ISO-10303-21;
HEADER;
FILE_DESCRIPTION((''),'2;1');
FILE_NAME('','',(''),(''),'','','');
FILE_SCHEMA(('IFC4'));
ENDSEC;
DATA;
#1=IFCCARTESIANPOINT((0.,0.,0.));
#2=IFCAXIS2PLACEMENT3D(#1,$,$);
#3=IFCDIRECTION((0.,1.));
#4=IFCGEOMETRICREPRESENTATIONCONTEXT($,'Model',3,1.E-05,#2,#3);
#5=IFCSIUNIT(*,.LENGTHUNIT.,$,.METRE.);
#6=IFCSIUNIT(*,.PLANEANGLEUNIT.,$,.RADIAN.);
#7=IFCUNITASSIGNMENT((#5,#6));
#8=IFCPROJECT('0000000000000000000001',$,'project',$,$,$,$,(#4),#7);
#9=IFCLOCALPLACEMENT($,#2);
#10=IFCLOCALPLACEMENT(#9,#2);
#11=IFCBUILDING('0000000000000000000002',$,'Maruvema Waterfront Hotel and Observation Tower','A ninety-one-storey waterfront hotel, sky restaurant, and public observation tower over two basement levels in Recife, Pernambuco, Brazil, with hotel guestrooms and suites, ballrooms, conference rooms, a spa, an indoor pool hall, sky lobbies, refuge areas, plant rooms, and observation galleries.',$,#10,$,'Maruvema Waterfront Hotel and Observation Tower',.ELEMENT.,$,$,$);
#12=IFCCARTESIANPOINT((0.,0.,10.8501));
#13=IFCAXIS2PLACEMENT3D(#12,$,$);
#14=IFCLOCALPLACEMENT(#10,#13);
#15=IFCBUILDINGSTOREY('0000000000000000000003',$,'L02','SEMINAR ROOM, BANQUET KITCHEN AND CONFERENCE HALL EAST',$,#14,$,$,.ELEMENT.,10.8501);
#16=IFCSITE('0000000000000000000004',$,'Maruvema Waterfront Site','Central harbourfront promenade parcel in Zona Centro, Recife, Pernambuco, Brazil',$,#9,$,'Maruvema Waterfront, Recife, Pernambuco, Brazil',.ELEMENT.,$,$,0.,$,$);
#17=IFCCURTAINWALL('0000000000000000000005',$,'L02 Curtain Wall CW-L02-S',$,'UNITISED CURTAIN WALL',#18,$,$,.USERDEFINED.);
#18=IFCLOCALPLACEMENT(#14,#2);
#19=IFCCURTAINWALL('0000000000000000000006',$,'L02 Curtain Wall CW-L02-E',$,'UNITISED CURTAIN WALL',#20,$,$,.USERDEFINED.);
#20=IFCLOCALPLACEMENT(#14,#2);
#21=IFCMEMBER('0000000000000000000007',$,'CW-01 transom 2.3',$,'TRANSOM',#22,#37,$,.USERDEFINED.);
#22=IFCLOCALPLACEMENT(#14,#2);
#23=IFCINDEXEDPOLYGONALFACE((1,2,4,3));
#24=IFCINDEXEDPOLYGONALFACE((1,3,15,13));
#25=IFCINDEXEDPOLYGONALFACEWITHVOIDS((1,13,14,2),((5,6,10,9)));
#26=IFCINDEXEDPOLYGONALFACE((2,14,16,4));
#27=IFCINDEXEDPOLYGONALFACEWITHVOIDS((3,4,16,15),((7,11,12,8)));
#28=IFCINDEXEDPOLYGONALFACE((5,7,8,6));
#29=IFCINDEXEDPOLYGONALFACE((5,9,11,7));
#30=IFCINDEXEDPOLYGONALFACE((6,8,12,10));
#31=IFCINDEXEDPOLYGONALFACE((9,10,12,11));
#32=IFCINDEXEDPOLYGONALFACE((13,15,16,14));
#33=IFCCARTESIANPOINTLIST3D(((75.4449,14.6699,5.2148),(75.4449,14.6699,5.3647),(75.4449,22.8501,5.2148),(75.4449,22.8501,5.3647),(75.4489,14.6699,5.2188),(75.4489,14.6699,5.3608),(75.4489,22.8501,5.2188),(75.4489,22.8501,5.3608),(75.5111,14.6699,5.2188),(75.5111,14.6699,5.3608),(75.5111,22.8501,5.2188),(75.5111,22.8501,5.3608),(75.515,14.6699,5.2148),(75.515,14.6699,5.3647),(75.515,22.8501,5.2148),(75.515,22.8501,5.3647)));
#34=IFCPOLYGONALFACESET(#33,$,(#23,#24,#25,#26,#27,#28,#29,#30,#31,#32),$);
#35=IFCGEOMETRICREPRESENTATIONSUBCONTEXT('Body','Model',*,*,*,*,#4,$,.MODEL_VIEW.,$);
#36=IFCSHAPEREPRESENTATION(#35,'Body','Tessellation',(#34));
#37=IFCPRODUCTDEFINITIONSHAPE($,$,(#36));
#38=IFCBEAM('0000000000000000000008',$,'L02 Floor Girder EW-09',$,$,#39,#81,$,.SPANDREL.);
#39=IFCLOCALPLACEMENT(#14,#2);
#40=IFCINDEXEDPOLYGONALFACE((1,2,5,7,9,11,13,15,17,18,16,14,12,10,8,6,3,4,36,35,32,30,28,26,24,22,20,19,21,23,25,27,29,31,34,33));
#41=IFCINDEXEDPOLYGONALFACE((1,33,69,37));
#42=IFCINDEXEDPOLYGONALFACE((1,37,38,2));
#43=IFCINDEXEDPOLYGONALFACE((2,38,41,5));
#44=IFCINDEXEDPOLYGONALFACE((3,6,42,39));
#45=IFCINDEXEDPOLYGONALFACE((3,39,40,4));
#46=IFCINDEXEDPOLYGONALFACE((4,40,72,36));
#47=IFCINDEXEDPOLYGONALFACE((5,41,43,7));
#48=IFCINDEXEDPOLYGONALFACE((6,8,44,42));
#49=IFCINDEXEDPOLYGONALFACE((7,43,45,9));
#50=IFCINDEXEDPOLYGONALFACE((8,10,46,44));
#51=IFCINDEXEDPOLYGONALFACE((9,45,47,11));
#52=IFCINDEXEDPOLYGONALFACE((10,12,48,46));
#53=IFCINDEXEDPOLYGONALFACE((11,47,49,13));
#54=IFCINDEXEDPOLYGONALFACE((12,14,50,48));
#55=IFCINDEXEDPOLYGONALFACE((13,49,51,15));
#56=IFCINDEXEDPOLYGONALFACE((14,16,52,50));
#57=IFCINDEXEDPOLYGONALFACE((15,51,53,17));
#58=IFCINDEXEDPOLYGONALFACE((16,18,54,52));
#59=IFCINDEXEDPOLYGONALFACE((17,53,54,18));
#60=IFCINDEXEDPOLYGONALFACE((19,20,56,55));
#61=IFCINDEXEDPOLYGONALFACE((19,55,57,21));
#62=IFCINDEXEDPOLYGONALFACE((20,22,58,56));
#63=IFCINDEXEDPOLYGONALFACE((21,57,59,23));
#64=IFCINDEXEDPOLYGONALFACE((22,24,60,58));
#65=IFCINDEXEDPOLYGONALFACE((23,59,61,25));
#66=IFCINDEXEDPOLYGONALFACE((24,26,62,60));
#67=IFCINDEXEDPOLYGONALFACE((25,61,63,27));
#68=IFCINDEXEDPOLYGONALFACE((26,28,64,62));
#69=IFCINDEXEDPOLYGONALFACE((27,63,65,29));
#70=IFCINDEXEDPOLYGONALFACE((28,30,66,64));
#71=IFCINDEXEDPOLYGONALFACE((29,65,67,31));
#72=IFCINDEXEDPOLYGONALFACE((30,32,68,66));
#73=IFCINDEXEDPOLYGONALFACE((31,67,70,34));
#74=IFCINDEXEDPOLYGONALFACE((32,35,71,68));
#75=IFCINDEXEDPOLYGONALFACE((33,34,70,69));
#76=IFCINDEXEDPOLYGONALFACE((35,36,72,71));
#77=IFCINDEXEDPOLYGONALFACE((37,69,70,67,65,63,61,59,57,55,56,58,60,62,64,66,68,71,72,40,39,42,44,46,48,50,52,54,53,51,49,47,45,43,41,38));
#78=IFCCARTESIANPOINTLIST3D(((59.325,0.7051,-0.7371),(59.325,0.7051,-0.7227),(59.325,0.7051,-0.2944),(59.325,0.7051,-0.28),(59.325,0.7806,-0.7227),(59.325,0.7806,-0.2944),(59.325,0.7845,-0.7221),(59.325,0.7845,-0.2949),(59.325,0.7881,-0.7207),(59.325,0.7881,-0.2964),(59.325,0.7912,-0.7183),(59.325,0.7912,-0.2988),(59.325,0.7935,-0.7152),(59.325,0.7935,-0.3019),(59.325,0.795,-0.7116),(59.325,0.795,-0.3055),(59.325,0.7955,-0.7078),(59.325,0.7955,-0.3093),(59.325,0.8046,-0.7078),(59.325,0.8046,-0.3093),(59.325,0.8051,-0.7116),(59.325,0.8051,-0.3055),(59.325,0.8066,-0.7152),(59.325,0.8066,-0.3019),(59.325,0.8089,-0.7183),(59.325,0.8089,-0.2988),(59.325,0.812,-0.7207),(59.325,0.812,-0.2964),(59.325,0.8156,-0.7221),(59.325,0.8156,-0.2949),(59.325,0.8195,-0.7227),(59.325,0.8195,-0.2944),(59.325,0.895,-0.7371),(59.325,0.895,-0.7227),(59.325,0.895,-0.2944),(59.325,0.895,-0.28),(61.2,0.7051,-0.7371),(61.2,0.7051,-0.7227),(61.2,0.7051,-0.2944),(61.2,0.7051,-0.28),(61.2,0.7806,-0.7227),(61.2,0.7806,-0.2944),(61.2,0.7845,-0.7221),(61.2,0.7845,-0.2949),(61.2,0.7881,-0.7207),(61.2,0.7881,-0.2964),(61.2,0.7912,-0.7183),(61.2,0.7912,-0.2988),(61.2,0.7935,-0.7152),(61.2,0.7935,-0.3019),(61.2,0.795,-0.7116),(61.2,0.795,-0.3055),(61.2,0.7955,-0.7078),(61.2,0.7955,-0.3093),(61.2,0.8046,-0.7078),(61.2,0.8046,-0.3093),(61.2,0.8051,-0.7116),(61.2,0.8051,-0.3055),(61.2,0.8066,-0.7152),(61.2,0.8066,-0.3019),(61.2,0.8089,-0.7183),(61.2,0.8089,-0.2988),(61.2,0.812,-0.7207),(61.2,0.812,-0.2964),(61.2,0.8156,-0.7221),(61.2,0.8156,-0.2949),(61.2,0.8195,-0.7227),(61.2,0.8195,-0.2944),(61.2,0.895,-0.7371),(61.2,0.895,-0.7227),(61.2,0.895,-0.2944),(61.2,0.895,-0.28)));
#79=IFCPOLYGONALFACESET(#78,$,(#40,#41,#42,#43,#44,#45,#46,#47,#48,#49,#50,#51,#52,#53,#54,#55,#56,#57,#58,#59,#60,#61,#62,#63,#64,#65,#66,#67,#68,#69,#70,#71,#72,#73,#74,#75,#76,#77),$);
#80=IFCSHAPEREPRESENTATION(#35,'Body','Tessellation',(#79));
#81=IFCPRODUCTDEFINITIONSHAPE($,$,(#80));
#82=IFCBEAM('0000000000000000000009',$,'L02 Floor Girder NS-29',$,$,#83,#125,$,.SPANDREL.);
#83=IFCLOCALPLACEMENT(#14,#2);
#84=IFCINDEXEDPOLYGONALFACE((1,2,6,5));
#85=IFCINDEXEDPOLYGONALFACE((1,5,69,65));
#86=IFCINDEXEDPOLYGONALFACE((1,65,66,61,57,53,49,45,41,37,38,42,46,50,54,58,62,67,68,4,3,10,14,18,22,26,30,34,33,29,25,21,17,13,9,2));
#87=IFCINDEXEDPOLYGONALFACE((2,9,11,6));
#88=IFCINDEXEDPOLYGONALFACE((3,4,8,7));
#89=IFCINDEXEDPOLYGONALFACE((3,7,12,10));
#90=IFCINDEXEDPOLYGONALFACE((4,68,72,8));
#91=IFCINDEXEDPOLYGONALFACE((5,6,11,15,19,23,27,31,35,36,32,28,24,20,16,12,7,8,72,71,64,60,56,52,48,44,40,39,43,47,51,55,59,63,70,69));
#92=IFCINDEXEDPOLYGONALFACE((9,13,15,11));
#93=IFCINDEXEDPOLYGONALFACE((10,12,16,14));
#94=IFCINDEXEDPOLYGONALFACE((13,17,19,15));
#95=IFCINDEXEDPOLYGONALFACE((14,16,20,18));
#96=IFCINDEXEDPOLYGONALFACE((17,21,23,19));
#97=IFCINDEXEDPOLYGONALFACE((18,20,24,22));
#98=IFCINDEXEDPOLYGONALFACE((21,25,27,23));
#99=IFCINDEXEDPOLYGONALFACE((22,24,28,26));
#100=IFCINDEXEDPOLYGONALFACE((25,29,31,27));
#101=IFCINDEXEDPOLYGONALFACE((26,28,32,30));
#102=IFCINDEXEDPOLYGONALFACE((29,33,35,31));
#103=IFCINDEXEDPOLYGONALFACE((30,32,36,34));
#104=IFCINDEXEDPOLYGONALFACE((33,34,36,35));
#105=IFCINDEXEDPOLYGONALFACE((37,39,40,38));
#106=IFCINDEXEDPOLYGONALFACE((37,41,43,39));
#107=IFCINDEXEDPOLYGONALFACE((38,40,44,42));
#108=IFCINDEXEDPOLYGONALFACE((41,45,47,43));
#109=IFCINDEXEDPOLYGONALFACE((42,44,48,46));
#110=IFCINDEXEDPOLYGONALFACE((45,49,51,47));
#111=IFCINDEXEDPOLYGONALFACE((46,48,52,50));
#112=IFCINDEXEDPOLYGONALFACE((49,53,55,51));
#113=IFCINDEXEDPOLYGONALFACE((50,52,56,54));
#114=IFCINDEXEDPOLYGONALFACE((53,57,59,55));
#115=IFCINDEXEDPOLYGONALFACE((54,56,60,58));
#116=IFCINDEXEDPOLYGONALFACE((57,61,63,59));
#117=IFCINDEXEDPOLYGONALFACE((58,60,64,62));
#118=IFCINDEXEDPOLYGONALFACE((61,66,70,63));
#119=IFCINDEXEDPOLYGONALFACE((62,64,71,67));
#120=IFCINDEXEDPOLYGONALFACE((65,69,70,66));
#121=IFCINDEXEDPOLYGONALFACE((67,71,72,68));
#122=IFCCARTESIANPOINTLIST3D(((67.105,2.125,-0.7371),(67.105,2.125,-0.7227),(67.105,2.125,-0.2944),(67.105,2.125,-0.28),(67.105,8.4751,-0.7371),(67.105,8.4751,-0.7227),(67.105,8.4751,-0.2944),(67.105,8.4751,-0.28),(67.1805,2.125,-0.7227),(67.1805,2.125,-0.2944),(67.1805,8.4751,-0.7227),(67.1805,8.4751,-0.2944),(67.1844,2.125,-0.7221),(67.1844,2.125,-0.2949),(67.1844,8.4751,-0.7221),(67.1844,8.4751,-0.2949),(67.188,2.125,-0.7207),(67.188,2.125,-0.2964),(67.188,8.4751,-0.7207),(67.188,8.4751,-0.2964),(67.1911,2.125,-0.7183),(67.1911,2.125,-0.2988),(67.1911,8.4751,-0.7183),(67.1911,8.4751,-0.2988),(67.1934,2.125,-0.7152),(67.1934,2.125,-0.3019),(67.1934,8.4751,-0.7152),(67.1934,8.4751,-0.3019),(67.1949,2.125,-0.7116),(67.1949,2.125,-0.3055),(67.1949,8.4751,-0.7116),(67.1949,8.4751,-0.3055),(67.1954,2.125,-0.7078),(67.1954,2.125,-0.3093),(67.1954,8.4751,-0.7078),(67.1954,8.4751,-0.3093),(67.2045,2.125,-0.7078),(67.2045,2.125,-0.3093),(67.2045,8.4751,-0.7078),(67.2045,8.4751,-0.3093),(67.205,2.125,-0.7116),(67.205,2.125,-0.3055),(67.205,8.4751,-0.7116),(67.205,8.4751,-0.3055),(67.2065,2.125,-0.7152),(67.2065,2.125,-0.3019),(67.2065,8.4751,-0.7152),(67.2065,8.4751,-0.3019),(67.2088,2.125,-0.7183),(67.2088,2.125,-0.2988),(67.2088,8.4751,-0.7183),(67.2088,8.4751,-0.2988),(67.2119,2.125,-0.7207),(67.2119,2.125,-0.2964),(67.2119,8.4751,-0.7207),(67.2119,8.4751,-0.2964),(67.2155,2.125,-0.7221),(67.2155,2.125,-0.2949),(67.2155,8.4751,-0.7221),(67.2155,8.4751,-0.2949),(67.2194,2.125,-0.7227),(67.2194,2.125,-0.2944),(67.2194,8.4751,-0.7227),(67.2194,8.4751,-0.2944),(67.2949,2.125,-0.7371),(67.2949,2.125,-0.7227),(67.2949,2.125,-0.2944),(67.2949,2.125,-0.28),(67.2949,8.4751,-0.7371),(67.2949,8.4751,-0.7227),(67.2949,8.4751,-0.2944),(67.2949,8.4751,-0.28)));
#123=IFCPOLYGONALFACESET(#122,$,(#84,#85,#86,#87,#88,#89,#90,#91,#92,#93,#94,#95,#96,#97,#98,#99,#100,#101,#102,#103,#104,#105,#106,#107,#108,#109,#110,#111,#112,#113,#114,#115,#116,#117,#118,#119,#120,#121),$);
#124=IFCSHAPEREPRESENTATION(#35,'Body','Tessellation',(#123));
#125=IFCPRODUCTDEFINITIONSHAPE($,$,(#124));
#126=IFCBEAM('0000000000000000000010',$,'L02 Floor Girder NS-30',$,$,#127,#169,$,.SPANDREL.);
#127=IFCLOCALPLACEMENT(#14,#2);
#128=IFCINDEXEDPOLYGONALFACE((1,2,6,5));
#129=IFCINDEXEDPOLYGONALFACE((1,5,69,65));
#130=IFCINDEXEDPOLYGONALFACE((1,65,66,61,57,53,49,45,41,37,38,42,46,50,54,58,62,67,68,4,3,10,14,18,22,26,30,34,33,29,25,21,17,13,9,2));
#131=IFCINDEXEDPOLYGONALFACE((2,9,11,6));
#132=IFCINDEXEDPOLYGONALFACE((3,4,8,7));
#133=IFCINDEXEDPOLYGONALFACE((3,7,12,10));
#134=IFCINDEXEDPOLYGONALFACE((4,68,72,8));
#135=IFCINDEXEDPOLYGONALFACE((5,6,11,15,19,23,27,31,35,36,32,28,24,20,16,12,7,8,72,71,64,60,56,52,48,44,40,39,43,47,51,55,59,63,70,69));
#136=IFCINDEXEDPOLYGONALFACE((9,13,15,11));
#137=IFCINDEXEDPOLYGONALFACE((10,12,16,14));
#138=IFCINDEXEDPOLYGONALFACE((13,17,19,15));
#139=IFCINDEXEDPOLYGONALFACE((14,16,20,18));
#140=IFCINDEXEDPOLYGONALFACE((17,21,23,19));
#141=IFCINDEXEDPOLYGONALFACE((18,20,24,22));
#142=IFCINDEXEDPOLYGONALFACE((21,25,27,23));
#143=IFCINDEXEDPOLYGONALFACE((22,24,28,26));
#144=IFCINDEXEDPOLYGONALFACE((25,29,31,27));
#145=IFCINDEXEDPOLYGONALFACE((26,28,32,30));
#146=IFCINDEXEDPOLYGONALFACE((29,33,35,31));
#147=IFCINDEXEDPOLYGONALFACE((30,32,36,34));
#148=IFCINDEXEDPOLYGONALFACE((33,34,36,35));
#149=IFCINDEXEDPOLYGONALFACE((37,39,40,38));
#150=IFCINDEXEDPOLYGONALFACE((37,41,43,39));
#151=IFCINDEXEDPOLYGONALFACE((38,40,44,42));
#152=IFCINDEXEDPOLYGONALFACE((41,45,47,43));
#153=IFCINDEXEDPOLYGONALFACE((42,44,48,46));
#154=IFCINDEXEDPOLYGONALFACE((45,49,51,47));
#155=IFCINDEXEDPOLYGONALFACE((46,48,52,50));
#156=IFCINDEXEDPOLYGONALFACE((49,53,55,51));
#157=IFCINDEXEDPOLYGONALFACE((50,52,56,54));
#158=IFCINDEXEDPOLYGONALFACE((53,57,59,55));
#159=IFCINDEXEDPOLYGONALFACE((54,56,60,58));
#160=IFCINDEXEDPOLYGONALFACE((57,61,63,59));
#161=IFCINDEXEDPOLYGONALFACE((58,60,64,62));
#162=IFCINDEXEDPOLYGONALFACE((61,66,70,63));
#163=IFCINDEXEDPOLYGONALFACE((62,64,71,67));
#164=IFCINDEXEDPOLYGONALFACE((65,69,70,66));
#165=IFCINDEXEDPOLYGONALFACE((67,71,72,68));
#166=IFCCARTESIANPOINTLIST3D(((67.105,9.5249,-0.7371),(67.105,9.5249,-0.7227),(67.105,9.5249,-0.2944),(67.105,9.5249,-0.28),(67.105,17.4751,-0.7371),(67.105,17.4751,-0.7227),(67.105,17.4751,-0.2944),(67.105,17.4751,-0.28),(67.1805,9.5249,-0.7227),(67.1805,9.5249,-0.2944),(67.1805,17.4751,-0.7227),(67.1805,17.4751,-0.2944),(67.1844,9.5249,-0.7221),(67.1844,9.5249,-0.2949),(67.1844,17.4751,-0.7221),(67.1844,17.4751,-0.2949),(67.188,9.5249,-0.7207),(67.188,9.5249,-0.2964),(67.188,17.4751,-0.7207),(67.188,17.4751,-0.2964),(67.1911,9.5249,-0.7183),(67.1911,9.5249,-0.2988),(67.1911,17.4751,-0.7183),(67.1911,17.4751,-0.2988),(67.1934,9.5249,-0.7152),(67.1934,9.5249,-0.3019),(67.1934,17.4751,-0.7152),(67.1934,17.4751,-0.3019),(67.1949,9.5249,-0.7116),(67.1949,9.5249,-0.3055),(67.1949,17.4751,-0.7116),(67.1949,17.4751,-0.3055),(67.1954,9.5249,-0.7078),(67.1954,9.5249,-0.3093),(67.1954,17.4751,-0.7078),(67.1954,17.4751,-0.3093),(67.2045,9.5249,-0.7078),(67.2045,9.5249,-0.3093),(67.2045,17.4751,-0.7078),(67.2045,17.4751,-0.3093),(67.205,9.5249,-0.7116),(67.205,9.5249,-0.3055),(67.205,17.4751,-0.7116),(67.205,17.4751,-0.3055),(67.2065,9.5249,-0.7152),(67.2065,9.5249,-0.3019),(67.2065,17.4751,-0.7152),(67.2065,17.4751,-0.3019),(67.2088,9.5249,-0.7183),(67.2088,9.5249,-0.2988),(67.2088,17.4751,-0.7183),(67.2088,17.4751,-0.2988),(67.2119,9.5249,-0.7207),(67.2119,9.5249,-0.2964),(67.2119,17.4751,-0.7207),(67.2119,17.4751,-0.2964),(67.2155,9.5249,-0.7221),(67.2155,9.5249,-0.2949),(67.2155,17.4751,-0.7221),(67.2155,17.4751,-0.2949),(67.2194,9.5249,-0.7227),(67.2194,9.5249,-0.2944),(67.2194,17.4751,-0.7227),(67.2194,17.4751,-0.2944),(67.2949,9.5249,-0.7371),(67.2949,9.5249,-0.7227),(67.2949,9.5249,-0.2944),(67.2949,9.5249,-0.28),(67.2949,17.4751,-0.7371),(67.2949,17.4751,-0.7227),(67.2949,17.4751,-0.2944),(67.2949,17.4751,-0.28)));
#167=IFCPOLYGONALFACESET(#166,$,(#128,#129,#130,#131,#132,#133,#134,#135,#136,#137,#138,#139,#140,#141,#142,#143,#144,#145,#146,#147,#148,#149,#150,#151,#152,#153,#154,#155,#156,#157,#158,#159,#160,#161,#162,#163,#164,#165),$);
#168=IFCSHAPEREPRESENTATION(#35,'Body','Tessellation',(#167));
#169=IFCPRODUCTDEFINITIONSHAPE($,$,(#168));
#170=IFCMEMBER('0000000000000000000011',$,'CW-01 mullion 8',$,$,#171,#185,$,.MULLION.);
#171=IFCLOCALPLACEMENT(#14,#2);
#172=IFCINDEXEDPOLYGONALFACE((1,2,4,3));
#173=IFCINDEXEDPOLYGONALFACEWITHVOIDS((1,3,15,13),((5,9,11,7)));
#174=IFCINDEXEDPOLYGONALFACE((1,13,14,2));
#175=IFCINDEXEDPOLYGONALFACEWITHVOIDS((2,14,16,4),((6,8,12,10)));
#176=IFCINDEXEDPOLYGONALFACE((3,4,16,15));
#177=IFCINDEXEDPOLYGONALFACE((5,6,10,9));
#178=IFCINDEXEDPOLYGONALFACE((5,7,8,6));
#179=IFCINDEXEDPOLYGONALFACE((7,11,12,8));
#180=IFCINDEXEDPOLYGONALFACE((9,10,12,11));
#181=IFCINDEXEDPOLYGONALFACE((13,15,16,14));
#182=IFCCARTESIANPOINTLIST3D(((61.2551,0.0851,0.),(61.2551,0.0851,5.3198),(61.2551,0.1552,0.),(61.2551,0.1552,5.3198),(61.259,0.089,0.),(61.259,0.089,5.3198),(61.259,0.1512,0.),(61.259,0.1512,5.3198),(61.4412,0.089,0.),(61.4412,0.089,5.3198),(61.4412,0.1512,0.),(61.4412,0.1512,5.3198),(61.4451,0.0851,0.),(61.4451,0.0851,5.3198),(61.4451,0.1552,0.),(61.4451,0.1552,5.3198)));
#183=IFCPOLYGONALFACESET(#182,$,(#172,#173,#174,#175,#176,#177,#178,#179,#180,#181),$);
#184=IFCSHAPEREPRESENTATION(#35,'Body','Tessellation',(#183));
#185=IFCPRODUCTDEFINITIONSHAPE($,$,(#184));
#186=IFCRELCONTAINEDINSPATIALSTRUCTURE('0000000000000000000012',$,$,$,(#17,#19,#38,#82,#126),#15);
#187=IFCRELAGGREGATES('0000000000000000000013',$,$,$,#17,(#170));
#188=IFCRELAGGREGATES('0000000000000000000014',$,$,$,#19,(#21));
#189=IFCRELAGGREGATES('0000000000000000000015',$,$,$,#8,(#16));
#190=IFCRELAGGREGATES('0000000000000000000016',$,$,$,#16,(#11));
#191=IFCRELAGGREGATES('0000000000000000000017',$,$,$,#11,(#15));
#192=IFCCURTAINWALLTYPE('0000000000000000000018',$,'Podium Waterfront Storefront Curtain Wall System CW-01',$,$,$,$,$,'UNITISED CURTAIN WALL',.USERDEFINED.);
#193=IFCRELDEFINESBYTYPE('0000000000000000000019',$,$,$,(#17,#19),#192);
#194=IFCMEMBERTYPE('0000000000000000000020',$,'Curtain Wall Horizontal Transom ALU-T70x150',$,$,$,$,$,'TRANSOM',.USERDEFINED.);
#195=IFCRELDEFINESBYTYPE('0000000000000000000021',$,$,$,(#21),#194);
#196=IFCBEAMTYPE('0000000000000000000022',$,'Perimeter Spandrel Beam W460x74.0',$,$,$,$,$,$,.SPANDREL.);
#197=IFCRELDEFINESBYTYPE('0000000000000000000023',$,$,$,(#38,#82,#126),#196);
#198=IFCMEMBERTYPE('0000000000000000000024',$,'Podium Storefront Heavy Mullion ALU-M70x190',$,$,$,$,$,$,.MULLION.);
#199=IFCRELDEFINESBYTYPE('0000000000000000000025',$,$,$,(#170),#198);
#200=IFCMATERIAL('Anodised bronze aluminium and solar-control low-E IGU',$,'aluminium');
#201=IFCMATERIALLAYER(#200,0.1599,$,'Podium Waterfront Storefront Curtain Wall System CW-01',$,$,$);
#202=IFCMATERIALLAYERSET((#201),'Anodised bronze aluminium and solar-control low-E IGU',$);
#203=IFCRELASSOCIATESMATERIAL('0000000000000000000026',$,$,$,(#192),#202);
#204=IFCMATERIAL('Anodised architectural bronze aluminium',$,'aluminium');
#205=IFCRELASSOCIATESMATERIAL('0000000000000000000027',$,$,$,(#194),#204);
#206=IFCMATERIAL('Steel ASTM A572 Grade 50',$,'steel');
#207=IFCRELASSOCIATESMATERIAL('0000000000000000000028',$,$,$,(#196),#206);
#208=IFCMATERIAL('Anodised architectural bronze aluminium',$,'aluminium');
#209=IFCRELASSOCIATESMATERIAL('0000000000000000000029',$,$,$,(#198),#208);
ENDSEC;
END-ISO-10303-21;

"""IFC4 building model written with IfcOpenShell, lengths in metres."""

from ifc_helpers import new_model, si_unit, direction, frame, origin, origin_2d, place, context, subcontext, project, spatial, hollow_rectangle, i_section, extrude, material, layer, layer_set, material_profile, profile_set, type_object, element, aggregate, save


model = new_model("IFC4")

# Units and contexts
model_context = context("Model", 3, precision=1e-05, world=origin(), true_north=direction((0.0, 1.0)))
body_context = subcontext(model_context, "Body", "Model", "MODEL_VIEW")
ifc_project = project(units=[si_unit("LENGTHUNIT", "METRE"), si_unit("PLANEANGLEUNIT", "RADIAN")], contexts=[model_context])

# Site, building, storey
site_placement = place(None, origin())
site = spatial("IfcSite", under=ifc_project, at=site_placement, Name="Maruvema Waterfront Site", Description="Central harbourfront promenade parcel in Zona Centro, Recife, Pernambuco, Brazil", LongName="Maruvema Waterfront, Recife, Pernambuco, Brazil", CompositionType="ELEMENT", RefElevation=0.0)
building_placement = place(site_placement, origin())
building = spatial("IfcBuilding", under=site, at=building_placement, Name="Maruvema Waterfront Hotel and Observation Tower", Description="A ninety-one-storey waterfront hotel, sky restaurant, and public observation tower over two basement levels in Recife, Pernambuco, Brazil, with hotel guestrooms and suites, ballrooms, conference rooms, a spa, an indoor pool hall, sky lobbies, refuge areas, plant rooms, and observation galleries.", LongName="Maruvema Waterfront Hotel and Observation Tower", CompositionType="ELEMENT")
storey_placement = place(building_placement, frame((0.0, 0.0, 10.8501)))
storey = spatial("IfcBuildingStorey", under=building, at=storey_placement, Name="L02", Description="SEMINAR ROOM, BANQUET KITCHEN AND CONFERENCE HALL EAST", CompositionType="ELEMENT", Elevation=10.8501)

# Curtain walls, member
ifc_material_1 = material(Name="Anodised bronze aluminium and solar-control low-E IGU", Category="aluminium")
ifc_layer_1 = layer(ifc_material_1, 0.1599, Name="Podium Waterfront Storefront Curtain Wall System CW-01")
ifc_layer_set_1 = layer_set([ifc_layer_1], Name="Anodised bronze aluminium and solar-control low-E IGU")
curtain_wall_type = type_object("IfcCurtainWallType", Name="Podium Waterfront Storefront Curtain Wall System CW-01", ElementType="UNITISED CURTAIN WALL", PredefinedType="USERDEFINED", material=ifc_layer_set_1)
curtain_wall_1_placement = place(storey_placement, origin())
curtain_wall_1 = element("IfcCurtainWall", 1, at=curtain_wall_1_placement, inside=storey, type_object=curtain_wall_type, Name="L02 Curtain Wall CW-L02-S", ObjectType="UNITISED CURTAIN WALL", PredefinedType="USERDEFINED")
ifc_material_2 = material(Name="Anodised architectural bronze aluminium", Category="aluminium")
ifc_material_profile_1 = material_profile(ifc_material_2, hollow_rectangle(XDim=0.0701, YDim=0.1499, WallThickness=0.0039, at=origin_2d()), Name="ALU-T70x150")
ifc_profile_set_1 = profile_set([ifc_material_profile_1], Name="Anodised architectural bronze aluminium")
member_type_1 = type_object("IfcMemberType", Name="Curtain Wall Horizontal Transom ALU-T70x150", ElementType="TRANSOM", PredefinedType="USERDEFINED", material=ifc_profile_set_1)
curtain_wall_2_placement = place(storey_placement, origin())
curtain_wall_2 = element("IfcCurtainWall", 2, at=curtain_wall_2_placement, inside=storey, type_object=curtain_wall_type, Name="L02 Curtain Wall CW-L02-E", ObjectType="UNITISED CURTAIN WALL", PredefinedType="USERDEFINED")
member_1_placement = place(storey_placement, frame((75.48, 14.6699, 5.2898), z_axis=(0.0, 1.0, 0.0), x_axis=(-1.0, 0.0, 0.0)))
member_1 = element("IfcMember", 3, at=member_1_placement, type_object=member_type_1, Name="CW-01 transom 2.3", ObjectType="TRANSOM", PredefinedType="USERDEFINED", context=body_context, shape_type="SweptSolid", body=[
    extrude(hollow_rectangle(XDim=0.0701, YDim=0.1499, WallThickness=0.0039, at=origin_2d()), origin(), (0.0, 0.0, 1.0), 8.1802),
])

# Beams
ifc_material_3 = material(Name="Steel ASTM A572 Grade 50", Category="steel")
ifc_material_profile_2 = material_profile(ifc_material_3, i_section(OverallWidth=0.1899, OverallDepth=0.457, WebThickness=0.009, FlangeThickness=0.0144, FilletRadius=0.0149, at=origin_2d()), Name="W460x74.0")
ifc_profile_set_2 = profile_set([ifc_material_profile_2], Name="Steel ASTM A572 Grade 50")
beam_type_1 = type_object("IfcBeamType", Name="Perimeter Spandrel Beam W460x74.0", PredefinedType="SPANDREL", material=ifc_profile_set_2)
beam_1_placement = place(storey_placement, frame((59.325, 0.8, -0.5085), z_axis=(1.0, 0.0, 0.0), x_axis=(0.0, 1.0, 0.0)))
element("IfcBeam", 4, at=beam_1_placement, inside=storey, type_object=beam_type_1, Name="L02 Floor Girder EW-09", PredefinedType="SPANDREL", context=body_context, shape_type="SweptSolid", body=[
    extrude(i_section(OverallWidth=0.1899, OverallDepth=0.457, WebThickness=0.009, FlangeThickness=0.0144, FilletRadius=0.0149, at=origin_2d()), origin(), (0.0, 0.0, 1.0), 1.875),
])
beam_2_placement = place(storey_placement, frame((67.2, 2.125, -0.5085), z_axis=(0.0, 1.0, 0.0), x_axis=(-1.0, 0.0, 0.0)))
element("IfcBeam", 5, at=beam_2_placement, inside=storey, type_object=beam_type_1, Name="L02 Floor Girder NS-29", PredefinedType="SPANDREL", context=body_context, shape_type="SweptSolid", body=[
    extrude(i_section(OverallWidth=0.1899, OverallDepth=0.457, WebThickness=0.009, FlangeThickness=0.0144, FilletRadius=0.0149, at=origin_2d()), origin(), (0.0, 0.0, 1.0), 6.3501),
])
beam_3_placement = place(storey_placement, frame((67.2, 9.5249, -0.5085), z_axis=(0.0, 1.0, 0.0), x_axis=(-1.0, 0.0, 0.0)))
element("IfcBeam", 6, at=beam_3_placement, inside=storey, type_object=beam_type_1, Name="L02 Floor Girder NS-30", PredefinedType="SPANDREL", context=body_context, shape_type="SweptSolid", body=[
    extrude(i_section(OverallWidth=0.1899, OverallDepth=0.457, WebThickness=0.009, FlangeThickness=0.0144, FilletRadius=0.0149, at=origin_2d()), origin(), (0.0, 0.0, 1.0), 7.9502),
])

# Member
ifc_material_4 = material(Name="Anodised architectural bronze aluminium", Category="aluminium")
ifc_material_profile_3 = material_profile(ifc_material_4, hollow_rectangle(XDim=0.0701, YDim=0.1899, WallThickness=0.0039, at=origin_2d()), Name="ALU-M70x190")
ifc_profile_set_3 = profile_set([ifc_material_profile_3], Name="Anodised architectural bronze aluminium")
member_type_2 = type_object("IfcMemberType", Name="Podium Storefront Heavy Mullion ALU-M70x190", PredefinedType="MULLION", material=ifc_profile_set_3)
member_2_placement = place(storey_placement, frame((61.3501, 0.1201, 0.0), z_axis=(0.0, 0.0, 1.0), x_axis=(0.0, 1.0, 0.0)))
member_2 = element("IfcMember", 7, at=member_2_placement, type_object=member_type_2, Name="CW-01 mullion 8", PredefinedType="MULLION", context=body_context, shape_type="SweptSolid", body=[
    extrude(hollow_rectangle(XDim=0.0701, YDim=0.1899, WallThickness=0.0039, at=origin_2d()), origin(), (0.0, 0.0, 1.0), 5.3198),
])

aggregate(curtain_wall_1, [member_2])
aggregate(curtain_wall_2, [member_1])

save(model, "model.ifc")
